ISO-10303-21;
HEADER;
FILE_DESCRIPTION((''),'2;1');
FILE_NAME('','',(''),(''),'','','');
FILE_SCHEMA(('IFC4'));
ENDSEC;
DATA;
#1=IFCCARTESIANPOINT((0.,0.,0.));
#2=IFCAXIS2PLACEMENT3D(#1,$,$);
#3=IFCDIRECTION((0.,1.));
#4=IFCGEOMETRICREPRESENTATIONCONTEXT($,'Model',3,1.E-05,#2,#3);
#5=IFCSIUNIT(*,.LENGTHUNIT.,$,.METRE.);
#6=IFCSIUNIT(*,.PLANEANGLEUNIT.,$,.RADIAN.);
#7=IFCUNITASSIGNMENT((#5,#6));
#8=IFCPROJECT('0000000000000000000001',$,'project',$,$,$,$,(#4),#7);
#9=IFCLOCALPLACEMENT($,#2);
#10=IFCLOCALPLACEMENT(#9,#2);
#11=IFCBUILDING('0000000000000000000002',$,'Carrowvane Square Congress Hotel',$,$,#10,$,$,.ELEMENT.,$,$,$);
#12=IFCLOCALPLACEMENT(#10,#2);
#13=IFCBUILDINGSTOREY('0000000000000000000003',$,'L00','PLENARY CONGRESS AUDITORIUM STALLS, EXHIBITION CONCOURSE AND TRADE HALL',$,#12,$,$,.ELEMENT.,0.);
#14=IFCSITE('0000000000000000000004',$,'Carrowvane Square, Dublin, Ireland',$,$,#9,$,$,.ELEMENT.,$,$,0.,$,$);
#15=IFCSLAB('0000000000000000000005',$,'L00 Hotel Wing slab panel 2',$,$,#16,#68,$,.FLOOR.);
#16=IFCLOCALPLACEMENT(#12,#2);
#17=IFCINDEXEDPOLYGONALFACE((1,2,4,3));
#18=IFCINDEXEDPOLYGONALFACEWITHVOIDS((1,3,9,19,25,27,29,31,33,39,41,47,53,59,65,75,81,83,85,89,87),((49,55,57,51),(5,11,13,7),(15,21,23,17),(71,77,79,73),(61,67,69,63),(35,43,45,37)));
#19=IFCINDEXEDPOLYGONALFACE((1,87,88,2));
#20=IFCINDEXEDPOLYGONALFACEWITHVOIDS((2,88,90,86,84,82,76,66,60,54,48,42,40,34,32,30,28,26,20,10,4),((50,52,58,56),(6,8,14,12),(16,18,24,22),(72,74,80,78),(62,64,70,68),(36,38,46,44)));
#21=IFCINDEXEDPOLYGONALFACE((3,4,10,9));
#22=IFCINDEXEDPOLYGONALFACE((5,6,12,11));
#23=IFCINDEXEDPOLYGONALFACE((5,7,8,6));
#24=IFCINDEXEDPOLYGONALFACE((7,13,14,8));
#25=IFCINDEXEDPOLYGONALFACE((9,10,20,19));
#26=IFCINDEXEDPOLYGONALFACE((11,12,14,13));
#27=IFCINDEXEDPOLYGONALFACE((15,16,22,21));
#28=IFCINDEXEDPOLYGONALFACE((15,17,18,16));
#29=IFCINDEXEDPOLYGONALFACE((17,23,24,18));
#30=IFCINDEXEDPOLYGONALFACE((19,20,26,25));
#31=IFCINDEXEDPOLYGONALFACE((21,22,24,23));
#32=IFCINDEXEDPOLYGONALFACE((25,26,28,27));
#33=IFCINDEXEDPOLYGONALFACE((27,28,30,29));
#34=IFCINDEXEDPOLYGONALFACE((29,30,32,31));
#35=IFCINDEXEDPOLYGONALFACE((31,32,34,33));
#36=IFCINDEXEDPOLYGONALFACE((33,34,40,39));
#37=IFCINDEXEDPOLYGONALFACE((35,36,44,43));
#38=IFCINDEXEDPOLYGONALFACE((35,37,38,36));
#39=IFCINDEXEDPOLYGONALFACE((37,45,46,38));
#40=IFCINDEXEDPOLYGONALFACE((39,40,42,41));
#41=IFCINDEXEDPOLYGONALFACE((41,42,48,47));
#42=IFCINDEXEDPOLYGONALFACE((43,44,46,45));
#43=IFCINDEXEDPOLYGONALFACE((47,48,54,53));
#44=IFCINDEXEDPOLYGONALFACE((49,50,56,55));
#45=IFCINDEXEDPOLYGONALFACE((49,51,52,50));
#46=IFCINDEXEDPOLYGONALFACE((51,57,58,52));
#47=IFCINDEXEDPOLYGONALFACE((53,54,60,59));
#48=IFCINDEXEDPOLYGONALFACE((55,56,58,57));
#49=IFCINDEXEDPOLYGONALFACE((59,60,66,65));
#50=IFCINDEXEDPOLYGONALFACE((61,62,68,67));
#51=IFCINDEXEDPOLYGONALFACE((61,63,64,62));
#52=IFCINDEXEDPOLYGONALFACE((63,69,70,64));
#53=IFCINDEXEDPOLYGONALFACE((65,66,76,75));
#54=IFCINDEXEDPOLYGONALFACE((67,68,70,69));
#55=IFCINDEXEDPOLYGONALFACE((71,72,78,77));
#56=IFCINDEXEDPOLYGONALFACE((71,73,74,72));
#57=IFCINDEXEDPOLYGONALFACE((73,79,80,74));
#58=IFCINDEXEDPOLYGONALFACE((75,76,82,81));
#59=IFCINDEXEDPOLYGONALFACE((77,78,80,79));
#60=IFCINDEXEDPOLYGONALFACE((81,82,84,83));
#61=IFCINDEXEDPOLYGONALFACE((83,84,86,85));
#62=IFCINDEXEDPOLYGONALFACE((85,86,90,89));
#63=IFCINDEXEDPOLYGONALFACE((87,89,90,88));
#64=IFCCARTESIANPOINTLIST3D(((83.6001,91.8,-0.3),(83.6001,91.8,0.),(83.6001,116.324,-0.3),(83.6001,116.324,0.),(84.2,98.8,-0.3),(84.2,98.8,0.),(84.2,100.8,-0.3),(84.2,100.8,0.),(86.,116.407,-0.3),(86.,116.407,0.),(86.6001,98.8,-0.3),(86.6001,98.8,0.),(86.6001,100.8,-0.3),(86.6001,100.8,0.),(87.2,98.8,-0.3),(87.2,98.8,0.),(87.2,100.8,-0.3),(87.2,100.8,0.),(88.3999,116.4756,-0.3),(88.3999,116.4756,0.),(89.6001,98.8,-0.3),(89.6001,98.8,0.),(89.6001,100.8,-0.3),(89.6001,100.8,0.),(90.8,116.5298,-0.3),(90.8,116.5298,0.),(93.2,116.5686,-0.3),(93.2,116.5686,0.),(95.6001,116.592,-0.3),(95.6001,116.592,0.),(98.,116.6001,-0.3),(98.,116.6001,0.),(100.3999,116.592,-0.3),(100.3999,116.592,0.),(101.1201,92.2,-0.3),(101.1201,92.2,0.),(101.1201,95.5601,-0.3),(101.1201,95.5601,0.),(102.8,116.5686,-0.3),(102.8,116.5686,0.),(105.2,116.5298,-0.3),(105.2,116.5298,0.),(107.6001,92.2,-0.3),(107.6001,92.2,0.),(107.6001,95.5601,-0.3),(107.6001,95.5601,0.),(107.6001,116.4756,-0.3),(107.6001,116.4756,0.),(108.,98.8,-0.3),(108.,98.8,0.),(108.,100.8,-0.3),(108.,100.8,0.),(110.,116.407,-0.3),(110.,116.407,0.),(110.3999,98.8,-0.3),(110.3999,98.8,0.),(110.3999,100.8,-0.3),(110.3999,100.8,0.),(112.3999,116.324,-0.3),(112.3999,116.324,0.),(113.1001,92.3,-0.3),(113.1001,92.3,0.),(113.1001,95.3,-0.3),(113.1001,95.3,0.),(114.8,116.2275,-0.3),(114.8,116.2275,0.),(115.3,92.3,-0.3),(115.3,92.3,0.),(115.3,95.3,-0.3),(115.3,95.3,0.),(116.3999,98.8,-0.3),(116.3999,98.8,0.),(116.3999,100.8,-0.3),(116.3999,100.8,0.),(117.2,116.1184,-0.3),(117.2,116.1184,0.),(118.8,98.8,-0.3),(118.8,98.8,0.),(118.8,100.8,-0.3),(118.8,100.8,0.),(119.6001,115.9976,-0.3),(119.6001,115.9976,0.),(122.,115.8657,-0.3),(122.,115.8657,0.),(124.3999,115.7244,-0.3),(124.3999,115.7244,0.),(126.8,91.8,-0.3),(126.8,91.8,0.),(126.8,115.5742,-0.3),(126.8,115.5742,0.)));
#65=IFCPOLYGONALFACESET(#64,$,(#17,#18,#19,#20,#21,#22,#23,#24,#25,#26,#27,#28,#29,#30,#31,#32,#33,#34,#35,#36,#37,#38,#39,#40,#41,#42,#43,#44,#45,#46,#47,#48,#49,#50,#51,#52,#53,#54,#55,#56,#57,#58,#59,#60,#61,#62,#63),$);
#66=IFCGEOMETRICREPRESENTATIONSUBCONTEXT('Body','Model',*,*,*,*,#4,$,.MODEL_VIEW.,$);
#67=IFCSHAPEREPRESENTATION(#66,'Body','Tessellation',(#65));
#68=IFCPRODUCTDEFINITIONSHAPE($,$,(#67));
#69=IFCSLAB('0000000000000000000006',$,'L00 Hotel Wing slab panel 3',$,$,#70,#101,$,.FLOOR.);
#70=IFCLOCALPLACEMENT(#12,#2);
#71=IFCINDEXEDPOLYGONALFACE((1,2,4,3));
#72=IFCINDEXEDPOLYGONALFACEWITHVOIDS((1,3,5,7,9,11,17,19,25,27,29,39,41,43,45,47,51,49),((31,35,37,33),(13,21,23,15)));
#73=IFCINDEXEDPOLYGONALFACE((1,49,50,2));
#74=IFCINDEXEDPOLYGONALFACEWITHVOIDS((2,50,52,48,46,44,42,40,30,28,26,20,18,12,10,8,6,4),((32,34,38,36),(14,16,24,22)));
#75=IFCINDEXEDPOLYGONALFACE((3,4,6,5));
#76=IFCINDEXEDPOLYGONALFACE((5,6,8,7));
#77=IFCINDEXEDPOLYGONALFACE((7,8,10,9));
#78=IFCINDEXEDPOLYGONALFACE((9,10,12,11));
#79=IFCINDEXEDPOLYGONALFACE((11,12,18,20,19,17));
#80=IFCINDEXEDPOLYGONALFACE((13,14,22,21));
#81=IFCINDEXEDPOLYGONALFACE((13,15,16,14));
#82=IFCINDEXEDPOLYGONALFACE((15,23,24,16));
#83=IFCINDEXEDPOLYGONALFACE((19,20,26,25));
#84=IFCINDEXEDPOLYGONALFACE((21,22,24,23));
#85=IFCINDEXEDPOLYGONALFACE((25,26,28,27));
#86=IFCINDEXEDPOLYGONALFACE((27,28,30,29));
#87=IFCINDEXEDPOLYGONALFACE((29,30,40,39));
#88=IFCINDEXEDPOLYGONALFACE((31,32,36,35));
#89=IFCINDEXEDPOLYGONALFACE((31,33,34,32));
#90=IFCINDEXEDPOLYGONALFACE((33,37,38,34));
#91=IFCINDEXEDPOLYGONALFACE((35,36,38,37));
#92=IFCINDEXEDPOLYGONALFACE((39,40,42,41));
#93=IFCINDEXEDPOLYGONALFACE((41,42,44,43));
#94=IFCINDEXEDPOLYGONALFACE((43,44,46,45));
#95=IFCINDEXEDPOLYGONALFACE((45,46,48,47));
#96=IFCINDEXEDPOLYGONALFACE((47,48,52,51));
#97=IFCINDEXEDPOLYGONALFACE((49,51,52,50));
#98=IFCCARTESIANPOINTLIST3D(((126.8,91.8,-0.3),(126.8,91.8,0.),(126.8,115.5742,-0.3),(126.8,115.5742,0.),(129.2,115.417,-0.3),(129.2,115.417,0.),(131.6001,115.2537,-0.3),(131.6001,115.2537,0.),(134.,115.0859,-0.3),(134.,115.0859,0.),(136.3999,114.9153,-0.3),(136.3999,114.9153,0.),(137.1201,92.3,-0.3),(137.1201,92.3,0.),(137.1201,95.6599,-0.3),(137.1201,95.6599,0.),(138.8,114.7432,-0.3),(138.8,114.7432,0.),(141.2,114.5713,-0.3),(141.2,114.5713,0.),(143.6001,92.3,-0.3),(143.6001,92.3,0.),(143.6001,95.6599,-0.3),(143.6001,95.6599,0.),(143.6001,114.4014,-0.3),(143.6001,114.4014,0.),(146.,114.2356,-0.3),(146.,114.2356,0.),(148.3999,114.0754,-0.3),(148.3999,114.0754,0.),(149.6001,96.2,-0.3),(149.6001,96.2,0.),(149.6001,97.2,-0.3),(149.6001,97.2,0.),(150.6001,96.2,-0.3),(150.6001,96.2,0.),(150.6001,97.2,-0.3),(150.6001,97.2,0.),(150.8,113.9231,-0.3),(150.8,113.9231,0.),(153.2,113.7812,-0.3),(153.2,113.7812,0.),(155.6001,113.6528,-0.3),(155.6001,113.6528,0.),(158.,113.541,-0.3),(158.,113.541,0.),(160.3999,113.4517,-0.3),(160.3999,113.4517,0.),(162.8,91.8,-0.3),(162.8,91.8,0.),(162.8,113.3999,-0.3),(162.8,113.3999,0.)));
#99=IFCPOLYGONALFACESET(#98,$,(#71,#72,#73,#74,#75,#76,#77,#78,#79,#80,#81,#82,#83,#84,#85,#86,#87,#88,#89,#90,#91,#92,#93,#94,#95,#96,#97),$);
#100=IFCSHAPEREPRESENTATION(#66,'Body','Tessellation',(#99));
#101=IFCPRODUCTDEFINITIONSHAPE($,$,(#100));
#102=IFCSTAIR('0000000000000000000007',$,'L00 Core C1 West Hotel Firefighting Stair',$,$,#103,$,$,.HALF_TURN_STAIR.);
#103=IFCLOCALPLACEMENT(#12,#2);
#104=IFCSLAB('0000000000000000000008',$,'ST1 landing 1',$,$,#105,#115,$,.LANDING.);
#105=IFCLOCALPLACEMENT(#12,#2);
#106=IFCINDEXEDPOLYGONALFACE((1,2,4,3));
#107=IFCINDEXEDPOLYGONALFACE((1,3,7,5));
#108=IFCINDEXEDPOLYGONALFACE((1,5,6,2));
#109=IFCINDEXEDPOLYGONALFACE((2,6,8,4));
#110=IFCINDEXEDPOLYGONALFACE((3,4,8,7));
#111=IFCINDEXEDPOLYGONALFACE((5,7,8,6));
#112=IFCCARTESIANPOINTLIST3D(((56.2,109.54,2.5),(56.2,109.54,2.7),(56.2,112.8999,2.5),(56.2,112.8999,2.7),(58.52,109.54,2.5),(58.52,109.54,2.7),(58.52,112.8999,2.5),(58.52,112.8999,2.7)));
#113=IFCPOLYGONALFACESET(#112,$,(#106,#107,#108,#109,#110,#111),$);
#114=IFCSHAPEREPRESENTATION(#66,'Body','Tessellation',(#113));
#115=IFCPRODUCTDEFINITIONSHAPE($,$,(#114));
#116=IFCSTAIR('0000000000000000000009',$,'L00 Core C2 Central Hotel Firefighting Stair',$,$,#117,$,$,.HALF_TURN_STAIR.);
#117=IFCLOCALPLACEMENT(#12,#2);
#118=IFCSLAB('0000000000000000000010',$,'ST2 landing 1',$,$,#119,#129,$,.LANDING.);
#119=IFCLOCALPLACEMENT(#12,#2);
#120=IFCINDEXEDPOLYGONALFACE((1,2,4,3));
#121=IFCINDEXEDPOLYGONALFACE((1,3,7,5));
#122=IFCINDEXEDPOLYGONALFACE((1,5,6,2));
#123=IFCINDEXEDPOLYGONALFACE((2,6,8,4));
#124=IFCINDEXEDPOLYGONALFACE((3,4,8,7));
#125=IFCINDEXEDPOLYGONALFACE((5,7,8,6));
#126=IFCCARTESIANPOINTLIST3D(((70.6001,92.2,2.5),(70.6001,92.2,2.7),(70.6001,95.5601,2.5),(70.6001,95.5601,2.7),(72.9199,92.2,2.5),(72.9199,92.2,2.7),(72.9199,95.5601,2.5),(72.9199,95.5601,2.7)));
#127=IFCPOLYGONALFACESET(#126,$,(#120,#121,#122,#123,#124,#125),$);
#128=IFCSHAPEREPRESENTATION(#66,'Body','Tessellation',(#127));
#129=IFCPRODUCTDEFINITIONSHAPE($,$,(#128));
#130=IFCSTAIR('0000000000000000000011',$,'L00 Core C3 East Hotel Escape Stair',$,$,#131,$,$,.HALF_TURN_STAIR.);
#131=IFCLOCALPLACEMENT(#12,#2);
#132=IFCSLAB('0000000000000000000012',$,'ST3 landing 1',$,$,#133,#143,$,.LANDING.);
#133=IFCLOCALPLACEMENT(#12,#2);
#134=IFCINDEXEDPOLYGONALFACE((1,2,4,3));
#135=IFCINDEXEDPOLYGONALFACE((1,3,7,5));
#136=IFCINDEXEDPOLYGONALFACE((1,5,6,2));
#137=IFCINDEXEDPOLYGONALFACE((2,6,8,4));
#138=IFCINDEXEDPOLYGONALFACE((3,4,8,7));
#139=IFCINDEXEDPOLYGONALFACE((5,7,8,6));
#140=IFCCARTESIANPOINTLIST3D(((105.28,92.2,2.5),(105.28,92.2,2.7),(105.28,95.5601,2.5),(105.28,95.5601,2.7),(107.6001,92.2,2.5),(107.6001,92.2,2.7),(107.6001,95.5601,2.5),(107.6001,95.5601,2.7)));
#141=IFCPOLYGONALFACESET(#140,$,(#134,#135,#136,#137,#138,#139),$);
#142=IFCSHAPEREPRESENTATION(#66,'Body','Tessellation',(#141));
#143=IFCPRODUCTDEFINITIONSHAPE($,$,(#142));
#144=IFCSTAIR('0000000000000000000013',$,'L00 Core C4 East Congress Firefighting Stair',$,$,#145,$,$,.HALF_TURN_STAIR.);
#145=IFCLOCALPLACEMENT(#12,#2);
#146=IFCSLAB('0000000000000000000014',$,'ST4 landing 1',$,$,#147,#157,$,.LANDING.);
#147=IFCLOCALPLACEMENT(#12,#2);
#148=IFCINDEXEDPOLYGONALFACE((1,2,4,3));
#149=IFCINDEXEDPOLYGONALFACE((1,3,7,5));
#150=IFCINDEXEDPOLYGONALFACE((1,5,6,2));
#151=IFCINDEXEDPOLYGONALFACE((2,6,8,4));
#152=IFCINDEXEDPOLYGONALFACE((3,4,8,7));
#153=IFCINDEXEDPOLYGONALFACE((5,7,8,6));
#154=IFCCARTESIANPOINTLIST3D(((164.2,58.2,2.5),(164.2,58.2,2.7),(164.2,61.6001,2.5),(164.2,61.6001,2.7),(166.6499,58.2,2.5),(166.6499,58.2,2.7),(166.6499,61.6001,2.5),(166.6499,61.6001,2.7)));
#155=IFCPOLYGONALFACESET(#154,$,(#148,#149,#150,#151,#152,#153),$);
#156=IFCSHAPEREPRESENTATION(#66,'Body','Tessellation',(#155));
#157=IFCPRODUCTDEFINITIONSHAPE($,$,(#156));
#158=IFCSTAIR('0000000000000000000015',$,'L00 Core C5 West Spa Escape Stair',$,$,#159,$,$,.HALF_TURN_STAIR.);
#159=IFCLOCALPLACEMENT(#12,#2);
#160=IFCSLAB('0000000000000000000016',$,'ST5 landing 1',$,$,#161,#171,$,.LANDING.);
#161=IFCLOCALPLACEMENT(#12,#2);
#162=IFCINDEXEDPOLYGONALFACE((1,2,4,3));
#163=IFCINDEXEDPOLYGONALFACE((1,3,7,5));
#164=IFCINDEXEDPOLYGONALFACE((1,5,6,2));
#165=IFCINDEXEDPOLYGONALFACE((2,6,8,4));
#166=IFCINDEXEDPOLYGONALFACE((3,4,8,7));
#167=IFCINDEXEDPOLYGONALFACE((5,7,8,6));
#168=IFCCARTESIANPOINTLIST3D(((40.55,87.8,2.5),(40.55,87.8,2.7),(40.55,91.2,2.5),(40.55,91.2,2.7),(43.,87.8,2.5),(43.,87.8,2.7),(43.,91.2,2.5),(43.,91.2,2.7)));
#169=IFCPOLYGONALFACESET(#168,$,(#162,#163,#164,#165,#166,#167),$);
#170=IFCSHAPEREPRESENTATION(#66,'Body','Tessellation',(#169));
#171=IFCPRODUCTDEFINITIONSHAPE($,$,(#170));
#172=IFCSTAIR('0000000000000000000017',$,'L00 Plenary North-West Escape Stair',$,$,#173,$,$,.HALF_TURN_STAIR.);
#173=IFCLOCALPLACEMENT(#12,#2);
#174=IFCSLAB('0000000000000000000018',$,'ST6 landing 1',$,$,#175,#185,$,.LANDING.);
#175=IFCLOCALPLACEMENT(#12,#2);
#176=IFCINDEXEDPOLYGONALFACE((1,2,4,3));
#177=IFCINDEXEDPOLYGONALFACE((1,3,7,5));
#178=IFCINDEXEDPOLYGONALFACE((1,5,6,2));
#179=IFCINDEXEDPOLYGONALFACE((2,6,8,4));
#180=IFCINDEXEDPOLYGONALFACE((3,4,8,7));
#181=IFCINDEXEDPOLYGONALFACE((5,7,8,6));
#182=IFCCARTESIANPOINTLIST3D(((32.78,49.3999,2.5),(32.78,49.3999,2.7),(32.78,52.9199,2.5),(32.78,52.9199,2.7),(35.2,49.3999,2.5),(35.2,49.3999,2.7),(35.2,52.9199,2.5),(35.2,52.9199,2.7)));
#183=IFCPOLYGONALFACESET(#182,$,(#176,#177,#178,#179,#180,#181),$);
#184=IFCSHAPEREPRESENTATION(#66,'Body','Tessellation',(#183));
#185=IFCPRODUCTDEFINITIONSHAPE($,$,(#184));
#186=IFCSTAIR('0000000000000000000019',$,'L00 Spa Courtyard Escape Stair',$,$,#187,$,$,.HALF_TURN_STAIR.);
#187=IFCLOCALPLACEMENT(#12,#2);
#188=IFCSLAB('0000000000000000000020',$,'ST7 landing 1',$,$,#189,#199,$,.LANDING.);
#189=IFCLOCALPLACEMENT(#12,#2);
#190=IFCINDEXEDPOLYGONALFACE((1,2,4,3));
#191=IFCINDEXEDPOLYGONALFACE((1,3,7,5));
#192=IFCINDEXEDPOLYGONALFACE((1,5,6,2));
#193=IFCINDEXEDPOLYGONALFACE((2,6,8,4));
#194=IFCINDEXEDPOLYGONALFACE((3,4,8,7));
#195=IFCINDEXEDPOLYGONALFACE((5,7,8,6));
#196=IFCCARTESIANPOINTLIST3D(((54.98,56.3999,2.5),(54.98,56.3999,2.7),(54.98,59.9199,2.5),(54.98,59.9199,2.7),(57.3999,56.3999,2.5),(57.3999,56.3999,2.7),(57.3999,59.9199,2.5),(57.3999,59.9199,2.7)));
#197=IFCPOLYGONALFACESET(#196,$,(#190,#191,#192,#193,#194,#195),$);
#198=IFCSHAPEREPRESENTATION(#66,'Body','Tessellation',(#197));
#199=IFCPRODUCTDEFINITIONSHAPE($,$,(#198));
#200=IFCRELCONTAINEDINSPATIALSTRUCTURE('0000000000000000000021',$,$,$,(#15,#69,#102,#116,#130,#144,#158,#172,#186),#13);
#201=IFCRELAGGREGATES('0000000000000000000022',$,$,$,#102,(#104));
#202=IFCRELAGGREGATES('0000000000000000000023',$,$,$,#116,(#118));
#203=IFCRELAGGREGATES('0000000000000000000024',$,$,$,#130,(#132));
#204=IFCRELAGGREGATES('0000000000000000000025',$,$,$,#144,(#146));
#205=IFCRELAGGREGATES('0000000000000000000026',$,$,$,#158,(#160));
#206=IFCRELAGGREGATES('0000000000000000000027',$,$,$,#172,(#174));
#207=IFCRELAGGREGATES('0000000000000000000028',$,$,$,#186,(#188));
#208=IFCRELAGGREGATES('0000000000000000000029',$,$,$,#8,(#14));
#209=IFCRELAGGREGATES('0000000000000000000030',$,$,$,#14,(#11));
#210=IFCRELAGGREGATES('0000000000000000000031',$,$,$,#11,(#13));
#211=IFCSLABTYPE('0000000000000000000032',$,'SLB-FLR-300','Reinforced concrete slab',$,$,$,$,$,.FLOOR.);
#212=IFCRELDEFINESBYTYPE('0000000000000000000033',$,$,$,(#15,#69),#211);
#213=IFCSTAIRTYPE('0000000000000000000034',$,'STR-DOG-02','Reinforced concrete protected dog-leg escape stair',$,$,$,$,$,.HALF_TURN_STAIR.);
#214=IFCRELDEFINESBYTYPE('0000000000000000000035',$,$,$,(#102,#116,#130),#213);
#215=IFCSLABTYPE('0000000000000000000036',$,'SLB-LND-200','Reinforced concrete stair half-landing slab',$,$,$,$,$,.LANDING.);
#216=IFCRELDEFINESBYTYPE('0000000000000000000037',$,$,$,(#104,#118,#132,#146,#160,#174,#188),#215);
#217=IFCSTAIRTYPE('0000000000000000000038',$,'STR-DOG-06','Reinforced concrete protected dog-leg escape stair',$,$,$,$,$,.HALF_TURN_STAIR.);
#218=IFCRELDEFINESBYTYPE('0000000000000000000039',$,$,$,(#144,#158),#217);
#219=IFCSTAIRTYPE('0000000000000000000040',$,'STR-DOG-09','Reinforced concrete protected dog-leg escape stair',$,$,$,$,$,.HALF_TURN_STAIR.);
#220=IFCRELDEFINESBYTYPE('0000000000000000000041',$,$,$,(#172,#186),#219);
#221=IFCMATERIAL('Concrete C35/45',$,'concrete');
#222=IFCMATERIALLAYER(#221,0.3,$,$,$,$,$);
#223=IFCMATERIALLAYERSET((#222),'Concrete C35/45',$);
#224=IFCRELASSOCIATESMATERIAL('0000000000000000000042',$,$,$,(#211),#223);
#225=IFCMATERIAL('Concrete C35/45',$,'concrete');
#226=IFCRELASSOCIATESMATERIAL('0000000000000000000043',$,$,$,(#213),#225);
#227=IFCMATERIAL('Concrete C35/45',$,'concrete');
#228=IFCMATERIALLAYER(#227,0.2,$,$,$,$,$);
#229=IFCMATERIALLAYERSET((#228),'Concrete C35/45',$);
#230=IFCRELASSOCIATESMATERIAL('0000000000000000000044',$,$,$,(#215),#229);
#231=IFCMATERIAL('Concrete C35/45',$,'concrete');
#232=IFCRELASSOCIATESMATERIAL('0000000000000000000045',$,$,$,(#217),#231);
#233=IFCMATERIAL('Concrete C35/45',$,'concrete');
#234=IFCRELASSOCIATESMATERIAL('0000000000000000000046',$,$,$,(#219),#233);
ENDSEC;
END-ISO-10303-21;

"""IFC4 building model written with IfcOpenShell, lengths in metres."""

from ifc_helpers import new_model, si_unit, direction, frame, origin, place, context, subcontext, project, spatial, polyline, outline, extrude, material, layer, layer_set, type_object, element, aggregate, save


model = new_model("IFC4")

# Units and contexts
model_context = context("Model", 3, precision=1e-05, world=origin(), true_north=direction((0.0, 1.0)))
body_context = subcontext(model_context, "Body", "Model", "MODEL_VIEW")
ifc_project = project(units=[si_unit("LENGTHUNIT", "METRE"), si_unit("PLANEANGLEUNIT", "RADIAN")], contexts=[model_context])

# Site, building, storey
site_placement = place(None, origin())
site = spatial("IfcSite", under=ifc_project, at=site_placement, Name="Carrowvane Square, Dublin, Ireland", CompositionType="ELEMENT", RefElevation=0.0)
building_placement = place(site_placement, origin())
building = spatial("IfcBuilding", under=site, at=building_placement, Name="Carrowvane Square Congress Hotel", CompositionType="ELEMENT")
storey_placement = place(building_placement, origin())
storey = spatial("IfcBuildingStorey", under=building, at=storey_placement, Name="L00", Description="PLENARY CONGRESS AUDITORIUM STALLS, EXHIBITION CONCOURSE AND TRADE HALL", CompositionType="ELEMENT", Elevation=0.0)

# Slabs
ifc_material_1 = material(Name="Concrete C35/45", Category="concrete")
ifc_layer_1 = layer(ifc_material_1, 0.3)
ifc_layer_set_1 = layer_set([ifc_layer_1], Name="Concrete C35/45")
slab_type_1 = type_object("IfcSlabType", Name="SLB-FLR-300", Description="Reinforced concrete slab", PredefinedType="FLOOR", material=ifc_layer_set_1)
slab_1_placement = place(storey_placement, frame((0.0, 0.0, -0.3)))
element("IfcSlab", 1, at=slab_1_placement, inside=storey, type_object=slab_type_1, Name="L00 Hotel Wing slab panel 2", PredefinedType="FLOOR", context=body_context, shape_type="SweptSolid", body=[
    extrude(outline(polyline([(83.6001, 91.8), (126.8, 91.8), (126.8, 115.5742), (124.3999, 115.7244), (122.0, 115.8657), (119.6001, 115.9976), (117.2, 116.1184), (114.8, 116.2275), (112.3999, 116.324), (110.0, 116.407), (107.6001, 116.4756), (105.2, 116.5298), (102.8, 116.5686), (100.3999, 116.592), (98.0, 116.6001), (95.6001, 116.592), (93.2, 116.5686), (90.8, 116.5298), (88.3999, 116.4756), (86.0, 116.407), (83.6001, 116.324), (83.6001, 91.8)]), holes=[polyline([(101.1201, 92.2), (107.6001, 92.2), (107.6001, 95.5601), (101.1201, 95.5601), (101.1201, 92.2)]), polyline([(84.2, 98.8), (86.6001, 98.8), (86.6001, 100.8), (84.2, 100.8), (84.2, 98.8)]), polyline([(87.2, 98.8), (89.6001, 98.8), (89.6001, 100.8), (87.2, 100.8), (87.2, 98.8)]), polyline([(108.0, 98.8), (110.3999, 98.8), (110.3999, 100.8), (108.0, 100.8), (108.0, 98.8)]), polyline([(116.3999, 98.8), (118.8, 98.8), (118.8, 100.8), (116.3999, 100.8), (116.3999, 98.8)]), polyline([(113.1001, 92.3), (115.3, 92.3), (115.3, 95.3), (113.1001, 95.3), (113.1001, 92.3)])]), origin(), (0.0, 0.0, 1.0), 0.3),
])
slab_2_placement = place(storey_placement, frame((0.0, 0.0, -0.3)))
element("IfcSlab", 2, at=slab_2_placement, inside=storey, type_object=slab_type_1, Name="L00 Hotel Wing slab panel 3", PredefinedType="FLOOR", context=body_context, shape_type="SweptSolid", body=[
    extrude(outline(polyline([(126.8, 91.8), (162.8, 91.8), (162.8, 113.3999), (160.3999, 113.4517), (158.0, 113.541), (155.6001, 113.6528), (153.2, 113.7812), (150.8, 113.9231), (148.3999, 114.0754), (146.0, 114.2356), (143.6001, 114.4014), (141.2, 114.5713), (138.8, 114.7432), (136.3999, 114.9153), (134.0, 115.0859), (131.6001, 115.2537), (129.2, 115.417), (126.8, 115.5742), (126.8, 91.8)]), holes=[polyline([(137.1201, 92.3), (143.6001, 92.3), (143.6001, 95.6599), (137.1201, 95.6599), (137.1201, 92.3)]), polyline([(149.6001, 96.2), (150.6001, 96.2), (150.6001, 97.2), (149.6001, 97.2), (149.6001, 96.2)])]), origin(), (0.0, 0.0, 1.0), 0.3),
])

# Stairs, slabs
ifc_material_2 = material(Name="Concrete C35/45", Category="concrete")
stair_type_1 = type_object("IfcStairType", Name="STR-DOG-02", Description="Reinforced concrete protected dog-leg escape stair", PredefinedType="HALF_TURN_STAIR", material=ifc_material_2)
stair_1_placement = place(storey_placement, origin())
stair_1 = element("IfcStair", 3, at=stair_1_placement, inside=storey, type_object=stair_type_1, Name="L00 Core C1 West Hotel Firefighting Stair", PredefinedType="HALF_TURN_STAIR")
ifc_material_3 = material(Name="Concrete C35/45", Category="concrete")
ifc_layer_2 = layer(ifc_material_3, 0.2)
ifc_layer_set_2 = layer_set([ifc_layer_2], Name="Concrete C35/45")
slab_type_2 = type_object("IfcSlabType", Name="SLB-LND-200", Description="Reinforced concrete stair half-landing slab", PredefinedType="LANDING", material=ifc_layer_set_2)
slab_3_placement = place(storey_placement, frame((0.0, 0.0, 2.5)))
slab_3 = element("IfcSlab", 4, at=slab_3_placement, type_object=slab_type_2, Name="ST1 landing 1", PredefinedType="LANDING", context=body_context, shape_type="SweptSolid", body=[
    extrude(outline(polyline([(58.52, 112.8999), (56.2, 112.8999), (56.2, 109.54), (58.52, 109.54), (58.52, 112.8999)])), origin(), (0.0, 0.0, 1.0), 0.2),
])
aggregate(stair_1, [slab_3])
stair_2_placement = place(storey_placement, origin())
stair_2 = element("IfcStair", 5, at=stair_2_placement, inside=storey, type_object=stair_type_1, Name="L00 Core C2 Central Hotel Firefighting Stair", PredefinedType="HALF_TURN_STAIR")
slab_4_placement = place(storey_placement, frame((0.0, 0.0, 2.5)))
slab_4 = element("IfcSlab", 6, at=slab_4_placement, type_object=slab_type_2, Name="ST2 landing 1", PredefinedType="LANDING", context=body_context, shape_type="SweptSolid", body=[
    extrude(outline(polyline([(72.9199, 95.5601), (70.6001, 95.5601), (70.6001, 92.2), (72.9199, 92.2), (72.9199, 95.5601)])), origin(), (0.0, 0.0, 1.0), 0.2),
])
aggregate(stair_2, [slab_4])
stair_3_placement = place(storey_placement, origin())
stair_3 = element("IfcStair", 7, at=stair_3_placement, inside=storey, type_object=stair_type_1, Name="L00 Core C3 East Hotel Escape Stair", PredefinedType="HALF_TURN_STAIR")
slab_5_placement = place(storey_placement, frame((0.0, 0.0, 2.5)))
slab_5 = element("IfcSlab", 8, at=slab_5_placement, type_object=slab_type_2, Name="ST3 landing 1", PredefinedType="LANDING", context=body_context, shape_type="SweptSolid", body=[
    extrude(outline(polyline([(105.28, 92.2), (107.6001, 92.2), (107.6001, 95.5601), (105.28, 95.5601), (105.28, 92.2)])), origin(), (0.0, 0.0, 1.0), 0.2),
])
aggregate(stair_3, [slab_5])
ifc_material_4 = material(Name="Concrete C35/45", Category="concrete")
stair_type_2 = type_object("IfcStairType", Name="STR-DOG-06", Description="Reinforced concrete protected dog-leg escape stair", PredefinedType="HALF_TURN_STAIR", material=ifc_material_4)
stair_4_placement = place(storey_placement, origin())
stair_4 = element("IfcStair", 9, at=stair_4_placement, inside=storey, type_object=stair_type_2, Name="L00 Core C4 East Congress Firefighting Stair", PredefinedType="HALF_TURN_STAIR")
slab_6_placement = place(storey_placement, frame((0.0, 0.0, 2.5)))
slab_6 = element("IfcSlab", 10, at=slab_6_placement, type_object=slab_type_2, Name="ST4 landing 1", PredefinedType="LANDING", context=body_context, shape_type="SweptSolid", body=[
    extrude(outline(polyline([(166.6499, 61.6001), (164.2, 61.6001), (164.2, 58.2), (166.6499, 58.2), (166.6499, 61.6001)])), origin(), (0.0, 0.0, 1.0), 0.2),
])
aggregate(stair_4, [slab_6])
stair_5_placement = place(storey_placement, origin())
stair_5 = element("IfcStair", 11, at=stair_5_placement, inside=storey, type_object=stair_type_2, Name="L00 Core C5 West Spa Escape Stair", PredefinedType="HALF_TURN_STAIR")
slab_7_placement = place(storey_placement, frame((0.0, 0.0, 2.5)))
slab_7 = element("IfcSlab", 12, at=slab_7_placement, type_object=slab_type_2, Name="ST5 landing 1", PredefinedType="LANDING", context=body_context, shape_type="SweptSolid", body=[
    extrude(outline(polyline([(40.55, 87.8), (43.0, 87.8), (43.0, 91.2), (40.55, 91.2), (40.55, 87.8)])), origin(), (0.0, 0.0, 1.0), 0.2),
])
aggregate(stair_5, [slab_7])
ifc_material_5 = material(Name="Concrete C35/45", Category="concrete")
stair_type_3 = type_object("IfcStairType", Name="STR-DOG-09", Description="Reinforced concrete protected dog-leg escape stair", PredefinedType="HALF_TURN_STAIR", material=ifc_material_5)
stair_6_placement = place(storey_placement, origin())
stair_6 = element("IfcStair", 13, at=stair_6_placement, inside=storey, type_object=stair_type_3, Name="L00 Plenary North-West Escape Stair", PredefinedType="HALF_TURN_STAIR")
slab_8_placement = place(storey_placement, frame((0.0, 0.0, 2.5)))
slab_8 = element("IfcSlab", 14, at=slab_8_placement, type_object=slab_type_2, Name="ST6 landing 1", PredefinedType="LANDING", context=body_context, shape_type="SweptSolid", body=[
    extrude(outline(polyline([(32.78, 49.3999), (35.2, 49.3999), (35.2, 52.9199), (32.78, 52.9199), (32.78, 49.3999)])), origin(), (0.0, 0.0, 1.0), 0.2),
])
aggregate(stair_6, [slab_8])
stair_7_placement = place(storey_placement, origin())
stair_7 = element("IfcStair", 15, at=stair_7_placement, inside=storey, type_object=stair_type_3, Name="L00 Spa Courtyard Escape Stair", PredefinedType="HALF_TURN_STAIR")
slab_9_placement = place(storey_placement, frame((0.0, 0.0, 2.5)))
slab_9 = element("IfcSlab", 16, at=slab_9_placement, type_object=slab_type_2, Name="ST7 landing 1", PredefinedType="LANDING", context=body_context, shape_type="SweptSolid", body=[
    extrude(outline(polyline([(54.98, 56.3999), (57.3999, 56.3999), (57.3999, 59.9199), (54.98, 59.9199), (54.98, 56.3999)])), origin(), (0.0, 0.0, 1.0), 0.2),
])
aggregate(stair_7, [slab_9])

save(model, "model.ifc")
